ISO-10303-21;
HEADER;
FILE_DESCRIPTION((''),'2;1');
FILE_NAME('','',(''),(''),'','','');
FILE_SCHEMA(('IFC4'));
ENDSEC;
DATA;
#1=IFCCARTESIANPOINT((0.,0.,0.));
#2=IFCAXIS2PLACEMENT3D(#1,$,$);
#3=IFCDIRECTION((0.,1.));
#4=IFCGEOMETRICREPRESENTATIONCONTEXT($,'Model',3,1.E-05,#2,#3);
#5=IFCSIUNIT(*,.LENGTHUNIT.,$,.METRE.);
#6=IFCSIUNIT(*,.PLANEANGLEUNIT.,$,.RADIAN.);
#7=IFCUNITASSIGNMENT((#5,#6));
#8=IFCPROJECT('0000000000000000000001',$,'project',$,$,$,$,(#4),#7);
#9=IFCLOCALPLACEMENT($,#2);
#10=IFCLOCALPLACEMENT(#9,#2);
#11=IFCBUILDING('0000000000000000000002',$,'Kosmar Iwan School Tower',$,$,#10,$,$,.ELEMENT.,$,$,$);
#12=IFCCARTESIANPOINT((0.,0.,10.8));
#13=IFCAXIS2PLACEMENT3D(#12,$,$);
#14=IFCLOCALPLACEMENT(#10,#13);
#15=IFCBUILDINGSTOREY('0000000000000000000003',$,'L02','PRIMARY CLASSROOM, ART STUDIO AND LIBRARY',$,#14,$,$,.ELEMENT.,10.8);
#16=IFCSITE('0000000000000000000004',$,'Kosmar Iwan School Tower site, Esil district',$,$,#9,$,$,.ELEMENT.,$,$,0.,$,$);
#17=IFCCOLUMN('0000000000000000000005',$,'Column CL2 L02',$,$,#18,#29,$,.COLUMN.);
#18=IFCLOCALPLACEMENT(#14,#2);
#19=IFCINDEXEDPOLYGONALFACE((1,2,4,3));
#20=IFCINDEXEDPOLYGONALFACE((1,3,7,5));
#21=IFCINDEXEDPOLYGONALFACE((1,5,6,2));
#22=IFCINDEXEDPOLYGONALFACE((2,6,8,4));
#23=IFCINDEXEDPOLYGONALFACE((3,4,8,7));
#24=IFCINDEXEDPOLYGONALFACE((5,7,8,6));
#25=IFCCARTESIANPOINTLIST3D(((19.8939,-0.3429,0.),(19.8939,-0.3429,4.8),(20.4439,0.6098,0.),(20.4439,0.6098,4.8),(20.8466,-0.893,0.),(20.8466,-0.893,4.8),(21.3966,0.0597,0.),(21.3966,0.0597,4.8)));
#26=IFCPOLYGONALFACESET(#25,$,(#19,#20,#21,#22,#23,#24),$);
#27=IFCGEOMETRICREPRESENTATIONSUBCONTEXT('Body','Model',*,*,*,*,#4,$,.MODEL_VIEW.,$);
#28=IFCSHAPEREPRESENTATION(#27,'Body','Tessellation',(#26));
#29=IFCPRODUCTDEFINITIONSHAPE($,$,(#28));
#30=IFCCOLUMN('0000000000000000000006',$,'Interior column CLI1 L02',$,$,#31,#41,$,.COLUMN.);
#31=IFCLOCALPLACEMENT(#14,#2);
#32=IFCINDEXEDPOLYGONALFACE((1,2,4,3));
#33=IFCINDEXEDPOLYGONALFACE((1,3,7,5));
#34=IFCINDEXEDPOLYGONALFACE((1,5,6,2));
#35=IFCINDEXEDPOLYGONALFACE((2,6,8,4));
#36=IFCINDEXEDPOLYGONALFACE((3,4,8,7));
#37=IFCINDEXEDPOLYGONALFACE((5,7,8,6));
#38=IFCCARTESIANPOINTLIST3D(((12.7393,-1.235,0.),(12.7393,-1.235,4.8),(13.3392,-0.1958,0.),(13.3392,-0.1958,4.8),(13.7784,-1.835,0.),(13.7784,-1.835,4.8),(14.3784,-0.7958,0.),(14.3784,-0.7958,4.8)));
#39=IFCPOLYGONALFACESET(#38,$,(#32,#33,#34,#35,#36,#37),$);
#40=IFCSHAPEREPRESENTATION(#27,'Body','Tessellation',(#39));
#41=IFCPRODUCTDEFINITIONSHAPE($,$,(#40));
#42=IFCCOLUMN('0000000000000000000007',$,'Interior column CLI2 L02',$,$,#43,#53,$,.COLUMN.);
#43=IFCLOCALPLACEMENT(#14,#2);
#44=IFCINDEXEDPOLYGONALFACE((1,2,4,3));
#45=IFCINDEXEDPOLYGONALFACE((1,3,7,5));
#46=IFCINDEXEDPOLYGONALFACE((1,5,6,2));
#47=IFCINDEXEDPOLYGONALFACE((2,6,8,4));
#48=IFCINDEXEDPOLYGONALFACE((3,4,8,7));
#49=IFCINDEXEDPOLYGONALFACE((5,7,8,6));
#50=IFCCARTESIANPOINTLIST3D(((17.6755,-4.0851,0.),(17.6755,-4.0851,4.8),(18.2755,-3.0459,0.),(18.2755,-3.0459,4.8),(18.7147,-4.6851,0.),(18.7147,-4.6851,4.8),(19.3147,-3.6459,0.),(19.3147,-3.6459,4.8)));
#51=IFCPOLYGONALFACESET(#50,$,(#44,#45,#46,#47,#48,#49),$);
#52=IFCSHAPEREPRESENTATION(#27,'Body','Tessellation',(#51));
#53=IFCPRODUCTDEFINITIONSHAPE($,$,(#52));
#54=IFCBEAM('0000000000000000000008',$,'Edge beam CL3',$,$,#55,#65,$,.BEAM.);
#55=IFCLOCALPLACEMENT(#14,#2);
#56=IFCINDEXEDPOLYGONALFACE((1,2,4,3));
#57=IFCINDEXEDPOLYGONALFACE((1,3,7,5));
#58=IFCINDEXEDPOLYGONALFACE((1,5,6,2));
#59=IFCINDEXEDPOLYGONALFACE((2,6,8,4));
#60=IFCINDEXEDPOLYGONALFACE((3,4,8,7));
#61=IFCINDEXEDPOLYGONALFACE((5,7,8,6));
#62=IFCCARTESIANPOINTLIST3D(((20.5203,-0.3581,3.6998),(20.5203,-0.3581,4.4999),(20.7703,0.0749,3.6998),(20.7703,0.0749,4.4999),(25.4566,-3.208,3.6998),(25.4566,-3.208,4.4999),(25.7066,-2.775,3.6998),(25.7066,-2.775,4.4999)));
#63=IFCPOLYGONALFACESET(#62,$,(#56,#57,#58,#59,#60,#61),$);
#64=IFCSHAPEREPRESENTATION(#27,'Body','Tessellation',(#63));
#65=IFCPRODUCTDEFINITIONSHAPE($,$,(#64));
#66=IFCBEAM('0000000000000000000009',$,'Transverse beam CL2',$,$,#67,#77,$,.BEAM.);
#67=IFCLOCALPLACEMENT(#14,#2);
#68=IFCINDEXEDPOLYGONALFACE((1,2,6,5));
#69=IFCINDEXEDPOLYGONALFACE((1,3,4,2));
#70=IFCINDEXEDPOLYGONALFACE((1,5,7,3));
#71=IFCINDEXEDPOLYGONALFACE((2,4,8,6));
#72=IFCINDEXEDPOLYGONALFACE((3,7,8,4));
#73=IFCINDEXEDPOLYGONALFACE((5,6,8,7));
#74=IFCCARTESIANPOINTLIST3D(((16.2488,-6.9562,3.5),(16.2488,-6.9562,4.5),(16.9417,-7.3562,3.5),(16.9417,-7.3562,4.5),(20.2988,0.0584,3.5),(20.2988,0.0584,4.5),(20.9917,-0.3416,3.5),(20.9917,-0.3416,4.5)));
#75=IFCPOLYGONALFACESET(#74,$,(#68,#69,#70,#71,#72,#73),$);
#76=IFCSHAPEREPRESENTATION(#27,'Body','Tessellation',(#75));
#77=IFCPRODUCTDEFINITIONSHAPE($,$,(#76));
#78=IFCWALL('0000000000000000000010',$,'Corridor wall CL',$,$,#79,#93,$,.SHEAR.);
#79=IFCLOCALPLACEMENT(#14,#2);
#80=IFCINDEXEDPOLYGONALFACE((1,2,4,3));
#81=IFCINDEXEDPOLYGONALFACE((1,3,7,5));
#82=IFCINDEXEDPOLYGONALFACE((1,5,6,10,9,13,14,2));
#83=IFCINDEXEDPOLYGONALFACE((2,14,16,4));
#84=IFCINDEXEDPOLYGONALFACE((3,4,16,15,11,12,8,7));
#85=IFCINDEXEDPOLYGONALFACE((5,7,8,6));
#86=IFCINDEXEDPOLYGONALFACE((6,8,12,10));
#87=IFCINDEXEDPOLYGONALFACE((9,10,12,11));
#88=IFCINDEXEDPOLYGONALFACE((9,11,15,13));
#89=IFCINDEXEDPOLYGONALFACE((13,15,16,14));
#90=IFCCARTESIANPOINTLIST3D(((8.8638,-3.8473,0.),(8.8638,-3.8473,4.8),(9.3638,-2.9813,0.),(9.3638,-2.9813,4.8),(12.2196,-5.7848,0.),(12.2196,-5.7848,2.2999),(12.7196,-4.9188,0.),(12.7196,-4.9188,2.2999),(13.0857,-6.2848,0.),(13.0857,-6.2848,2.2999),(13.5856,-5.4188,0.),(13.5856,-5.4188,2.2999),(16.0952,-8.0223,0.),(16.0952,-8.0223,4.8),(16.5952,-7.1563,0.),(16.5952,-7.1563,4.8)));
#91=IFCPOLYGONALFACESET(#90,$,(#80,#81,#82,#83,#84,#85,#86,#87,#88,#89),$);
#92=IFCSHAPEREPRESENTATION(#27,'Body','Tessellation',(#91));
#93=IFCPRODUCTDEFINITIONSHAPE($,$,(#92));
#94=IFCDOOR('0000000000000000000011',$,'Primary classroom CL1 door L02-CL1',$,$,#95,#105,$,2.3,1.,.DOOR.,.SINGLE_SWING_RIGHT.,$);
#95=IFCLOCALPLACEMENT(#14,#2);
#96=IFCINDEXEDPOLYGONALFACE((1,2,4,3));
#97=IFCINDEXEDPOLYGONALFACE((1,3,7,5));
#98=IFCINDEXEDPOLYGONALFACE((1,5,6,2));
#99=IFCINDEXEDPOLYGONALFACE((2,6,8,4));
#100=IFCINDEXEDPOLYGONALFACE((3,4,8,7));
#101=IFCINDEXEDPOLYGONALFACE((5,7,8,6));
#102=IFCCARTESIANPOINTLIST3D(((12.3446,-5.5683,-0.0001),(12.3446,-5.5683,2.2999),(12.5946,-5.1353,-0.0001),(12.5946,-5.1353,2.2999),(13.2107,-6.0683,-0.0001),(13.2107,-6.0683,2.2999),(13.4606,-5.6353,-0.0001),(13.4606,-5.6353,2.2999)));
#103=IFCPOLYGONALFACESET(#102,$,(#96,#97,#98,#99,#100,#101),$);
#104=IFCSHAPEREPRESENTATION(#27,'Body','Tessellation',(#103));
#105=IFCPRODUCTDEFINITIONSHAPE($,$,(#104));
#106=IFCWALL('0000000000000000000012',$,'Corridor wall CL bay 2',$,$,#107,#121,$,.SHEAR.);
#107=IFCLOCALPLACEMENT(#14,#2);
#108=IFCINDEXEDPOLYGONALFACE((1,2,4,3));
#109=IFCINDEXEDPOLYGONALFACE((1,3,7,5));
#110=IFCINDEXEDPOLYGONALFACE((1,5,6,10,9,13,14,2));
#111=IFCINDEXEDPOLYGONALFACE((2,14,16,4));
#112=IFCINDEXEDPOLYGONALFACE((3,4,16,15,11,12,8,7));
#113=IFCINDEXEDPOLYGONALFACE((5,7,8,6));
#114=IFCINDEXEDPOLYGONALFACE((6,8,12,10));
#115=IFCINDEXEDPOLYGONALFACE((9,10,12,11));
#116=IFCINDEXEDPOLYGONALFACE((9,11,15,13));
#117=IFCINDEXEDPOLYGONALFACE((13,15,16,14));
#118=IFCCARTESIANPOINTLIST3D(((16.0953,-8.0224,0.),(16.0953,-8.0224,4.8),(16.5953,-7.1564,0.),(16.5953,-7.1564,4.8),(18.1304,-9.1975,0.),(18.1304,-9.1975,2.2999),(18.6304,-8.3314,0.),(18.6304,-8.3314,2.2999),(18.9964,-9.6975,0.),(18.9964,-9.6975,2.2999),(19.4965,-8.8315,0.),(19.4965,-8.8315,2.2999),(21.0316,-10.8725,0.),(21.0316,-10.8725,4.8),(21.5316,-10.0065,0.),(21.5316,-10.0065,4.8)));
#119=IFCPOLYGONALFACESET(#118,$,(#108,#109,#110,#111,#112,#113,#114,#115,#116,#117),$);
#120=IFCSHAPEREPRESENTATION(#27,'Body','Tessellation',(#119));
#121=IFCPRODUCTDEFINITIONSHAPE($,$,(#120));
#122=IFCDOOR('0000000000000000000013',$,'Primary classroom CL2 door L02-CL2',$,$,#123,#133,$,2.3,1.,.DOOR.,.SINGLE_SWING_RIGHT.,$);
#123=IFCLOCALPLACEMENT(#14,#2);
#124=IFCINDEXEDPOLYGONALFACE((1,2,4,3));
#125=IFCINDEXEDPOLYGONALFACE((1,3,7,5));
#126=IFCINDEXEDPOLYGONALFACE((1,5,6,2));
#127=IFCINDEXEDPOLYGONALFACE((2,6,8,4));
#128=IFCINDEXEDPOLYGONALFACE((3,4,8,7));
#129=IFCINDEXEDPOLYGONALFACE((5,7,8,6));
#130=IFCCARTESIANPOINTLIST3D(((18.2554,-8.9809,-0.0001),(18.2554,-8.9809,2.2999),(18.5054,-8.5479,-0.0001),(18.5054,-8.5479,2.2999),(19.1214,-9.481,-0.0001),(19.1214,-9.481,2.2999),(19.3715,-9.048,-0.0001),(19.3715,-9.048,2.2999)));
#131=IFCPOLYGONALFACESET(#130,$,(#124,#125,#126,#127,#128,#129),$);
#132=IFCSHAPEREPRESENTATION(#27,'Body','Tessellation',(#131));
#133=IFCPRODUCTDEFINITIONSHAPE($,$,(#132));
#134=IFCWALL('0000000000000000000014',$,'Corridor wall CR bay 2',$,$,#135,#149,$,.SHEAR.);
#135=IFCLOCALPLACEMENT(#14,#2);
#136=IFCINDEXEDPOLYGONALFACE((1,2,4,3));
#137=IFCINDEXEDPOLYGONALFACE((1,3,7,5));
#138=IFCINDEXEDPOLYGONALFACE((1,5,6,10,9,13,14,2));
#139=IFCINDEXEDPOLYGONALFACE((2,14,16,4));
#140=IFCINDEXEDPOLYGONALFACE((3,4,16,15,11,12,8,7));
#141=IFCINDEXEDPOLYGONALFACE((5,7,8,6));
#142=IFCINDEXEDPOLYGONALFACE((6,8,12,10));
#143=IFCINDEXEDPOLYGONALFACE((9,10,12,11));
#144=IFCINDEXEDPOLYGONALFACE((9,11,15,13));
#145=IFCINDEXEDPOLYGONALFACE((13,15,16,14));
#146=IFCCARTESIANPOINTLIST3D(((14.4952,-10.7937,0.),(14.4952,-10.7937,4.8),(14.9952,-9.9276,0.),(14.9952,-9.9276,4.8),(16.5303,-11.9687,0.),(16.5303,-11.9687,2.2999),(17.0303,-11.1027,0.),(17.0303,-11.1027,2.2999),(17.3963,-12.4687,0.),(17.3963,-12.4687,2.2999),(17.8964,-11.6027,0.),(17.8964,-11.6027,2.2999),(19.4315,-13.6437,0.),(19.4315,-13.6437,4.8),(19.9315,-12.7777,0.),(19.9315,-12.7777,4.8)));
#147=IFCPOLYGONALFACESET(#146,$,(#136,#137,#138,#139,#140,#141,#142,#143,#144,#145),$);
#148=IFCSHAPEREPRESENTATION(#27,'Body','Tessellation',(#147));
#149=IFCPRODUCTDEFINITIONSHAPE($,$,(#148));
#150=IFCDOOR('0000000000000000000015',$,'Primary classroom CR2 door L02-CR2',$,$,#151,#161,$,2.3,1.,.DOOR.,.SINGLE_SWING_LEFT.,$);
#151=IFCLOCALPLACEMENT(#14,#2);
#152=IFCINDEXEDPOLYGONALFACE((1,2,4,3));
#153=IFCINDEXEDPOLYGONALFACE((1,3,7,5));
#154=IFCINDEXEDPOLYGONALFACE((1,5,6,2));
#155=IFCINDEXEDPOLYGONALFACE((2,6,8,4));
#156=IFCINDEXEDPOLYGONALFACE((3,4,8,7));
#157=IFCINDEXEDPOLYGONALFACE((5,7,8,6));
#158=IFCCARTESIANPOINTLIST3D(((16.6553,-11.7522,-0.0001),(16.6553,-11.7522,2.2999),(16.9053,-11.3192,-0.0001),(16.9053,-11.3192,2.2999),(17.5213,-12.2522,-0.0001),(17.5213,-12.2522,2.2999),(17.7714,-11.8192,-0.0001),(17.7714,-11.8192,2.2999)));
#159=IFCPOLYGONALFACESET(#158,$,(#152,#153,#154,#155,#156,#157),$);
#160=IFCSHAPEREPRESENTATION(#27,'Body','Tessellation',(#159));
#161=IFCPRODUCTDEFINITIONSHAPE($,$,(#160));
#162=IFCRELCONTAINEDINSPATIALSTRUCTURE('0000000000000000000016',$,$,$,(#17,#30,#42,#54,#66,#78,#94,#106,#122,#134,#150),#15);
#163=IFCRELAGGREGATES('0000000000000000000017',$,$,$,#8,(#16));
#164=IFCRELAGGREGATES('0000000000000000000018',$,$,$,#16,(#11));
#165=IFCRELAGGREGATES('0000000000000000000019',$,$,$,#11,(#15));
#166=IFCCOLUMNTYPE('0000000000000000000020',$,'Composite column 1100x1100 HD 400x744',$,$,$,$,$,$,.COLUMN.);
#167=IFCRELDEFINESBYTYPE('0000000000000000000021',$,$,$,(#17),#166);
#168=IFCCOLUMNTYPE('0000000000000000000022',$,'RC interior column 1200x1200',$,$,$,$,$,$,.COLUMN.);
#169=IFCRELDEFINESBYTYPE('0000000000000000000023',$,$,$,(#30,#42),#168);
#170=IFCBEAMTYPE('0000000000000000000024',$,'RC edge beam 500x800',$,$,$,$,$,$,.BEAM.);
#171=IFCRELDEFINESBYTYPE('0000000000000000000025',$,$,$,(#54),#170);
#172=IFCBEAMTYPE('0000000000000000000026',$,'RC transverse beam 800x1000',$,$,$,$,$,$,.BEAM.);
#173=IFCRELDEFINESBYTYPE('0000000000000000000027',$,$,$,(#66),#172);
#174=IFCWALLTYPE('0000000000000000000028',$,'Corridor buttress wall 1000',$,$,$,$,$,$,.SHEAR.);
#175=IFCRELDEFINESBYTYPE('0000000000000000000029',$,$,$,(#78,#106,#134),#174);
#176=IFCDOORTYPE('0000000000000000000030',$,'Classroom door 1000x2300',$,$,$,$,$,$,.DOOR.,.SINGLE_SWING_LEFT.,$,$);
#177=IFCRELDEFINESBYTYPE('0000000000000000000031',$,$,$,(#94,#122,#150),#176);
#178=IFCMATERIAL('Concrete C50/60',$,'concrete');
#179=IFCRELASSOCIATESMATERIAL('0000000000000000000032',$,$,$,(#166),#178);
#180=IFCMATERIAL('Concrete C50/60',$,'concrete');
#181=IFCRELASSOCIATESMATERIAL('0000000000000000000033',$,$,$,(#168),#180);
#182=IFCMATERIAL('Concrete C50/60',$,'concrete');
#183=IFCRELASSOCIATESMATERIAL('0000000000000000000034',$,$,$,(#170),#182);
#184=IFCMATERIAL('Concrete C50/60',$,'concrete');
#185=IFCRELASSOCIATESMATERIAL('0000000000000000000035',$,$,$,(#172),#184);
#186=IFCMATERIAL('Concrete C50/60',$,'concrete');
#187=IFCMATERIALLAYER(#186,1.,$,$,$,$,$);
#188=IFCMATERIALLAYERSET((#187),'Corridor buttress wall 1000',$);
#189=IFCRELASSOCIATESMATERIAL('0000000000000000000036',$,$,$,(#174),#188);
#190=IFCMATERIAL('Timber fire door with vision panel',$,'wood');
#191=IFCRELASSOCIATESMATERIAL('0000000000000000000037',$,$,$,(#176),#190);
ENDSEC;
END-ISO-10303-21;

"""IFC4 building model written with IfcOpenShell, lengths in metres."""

from ifc_helpers import new_model, si_unit, direction, frame, frame_2d, origin, origin_2d, place, context, subcontext, project, spatial, rectangle, extrude, material, layer, layer_set, material_profile, profile_set, type_object, element, fill, save


model = new_model("IFC4")

# Units and contexts
model_context = context("Model", 3, precision=1e-05, world=origin(), true_north=direction((0.0, 1.0)))
body_context = subcontext(model_context, "Body", "Model", "MODEL_VIEW")
ifc_project = project(units=[si_unit("LENGTHUNIT", "METRE"), si_unit("PLANEANGLEUNIT", "RADIAN")], contexts=[model_context])

# Site, building, storey
site_placement = place(None, origin())
site = spatial("IfcSite", under=ifc_project, at=site_placement, Name="Kosmar Iwan School Tower site, Esil district", CompositionType="ELEMENT", RefElevation=0.0)
building_placement = place(site_placement, origin())
building = spatial("IfcBuilding", under=site, at=building_placement, Name="Kosmar Iwan School Tower", CompositionType="ELEMENT")
storey_placement = place(building_placement, frame((0.0, 0.0, 10.8)))
storey = spatial("IfcBuildingStorey", under=building, at=storey_placement, Name="L02", Description="PRIMARY CLASSROOM, ART STUDIO AND LIBRARY", CompositionType="ELEMENT", Elevation=10.8)

# Columns
ifc_material_1 = material(Name="Concrete C50/60", Category="concrete")
ifc_material_profile_1 = material_profile(ifc_material_1, rectangle(XDim=1.1001, YDim=1.1001, at=origin_2d()), Name="RC 1100x1100 + HD 400x744")
ifc_profile_set_1 = profile_set([ifc_material_profile_1], Name="Concrete C50/60")
column_type_1 = type_object("IfcColumnType", Name="Composite column 1100x1100 HD 400x744", PredefinedType="COLUMN", material=ifc_profile_set_1)
column_placement = place(storey_placement, frame((20.6453, -0.1416, 0.0), z_axis=(0.0, 0.0, 1.0), x_axis=(0.866025, -0.5, 0.0)))
element("IfcColumn", 1, at=column_placement, inside=storey, type_object=column_type_1, Name="Column CL2 L02", PredefinedType="COLUMN", context=body_context, shape_type="SweptSolid", body=[
    extrude(rectangle(XDim=1.1001, YDim=1.1001, at=origin_2d()), origin(), (0.0, 0.0, 1.0), 4.8),
])
ifc_material_2 = material(Name="Concrete C50/60", Category="concrete")
ifc_material_profile_2 = material_profile(ifc_material_2, rectangle(XDim=1.2, YDim=1.2, at=origin_2d()), Name="RC 1200x1200")
ifc_profile_set_2 = profile_set([ifc_material_profile_2], Name="Concrete C50/60")
column_type_2 = type_object("IfcColumnType", Name="RC interior column 1200x1200", PredefinedType="COLUMN", material=ifc_profile_set_2)
for number, where, z_axis, x_axis, name in (
    (2, (13.5588, -1.0154, 0.0), (0.0, 0.0, 1.0), (0.866025, -0.5, 0.0), "Interior column CLI1 L02"),
    (3, (18.4951, -3.8655, 0.0), (0.0, 0.0, 1.0), (0.866025, -0.5, 0.0), "Interior column CLI2 L02"),
):
    element("IfcColumn", number, at=place(storey_placement, frame(where, z_axis=z_axis, x_axis=x_axis)), inside=storey, type_object=column_type_2, Name=name, PredefinedType="COLUMN", context=body_context, shape_type="SweptSolid", body=[
        extrude(rectangle(XDim=1.2, YDim=1.2, at=origin_2d()), origin(), (0.0, 0.0, 1.0), 4.8),
    ])

# Beams
ifc_material_3 = material(Name="Concrete C50/60", Category="concrete")
ifc_material_profile_3 = material_profile(ifc_material_3, rectangle(XDim=0.5, YDim=0.8, at=origin_2d()), Name="RC 500x800")
ifc_profile_set_3 = profile_set([ifc_material_profile_3], Name="Concrete C50/60")
beam_type_1 = type_object("IfcBeamType", Name="RC edge beam 500x800", PredefinedType="BEAM", material=ifc_profile_set_3)
beam_1_placement = place(storey_placement, frame((20.6453, -0.1416, 4.0999), z_axis=(0.866034, -0.499986, 0.0), x_axis=(0.499986, 0.866034, 0.0)))
element("IfcBeam", 4, at=beam_1_placement, inside=storey, type_object=beam_type_1, Name="Edge beam CL3", PredefinedType="BEAM", context=body_context, shape_type="SweptSolid", body=[
    extrude(rectangle(XDim=0.5, YDim=0.8, at=origin_2d()), origin(), (0.0, 0.0, 1.0), 5.7),
])
ifc_material_4 = material(Name="Concrete C50/60", Category="concrete")
ifc_material_profile_4 = material_profile(ifc_material_4, rectangle(XDim=0.8, YDim=1.0, at=origin_2d()), Name="RC 800x1000")
ifc_profile_set_4 = profile_set([ifc_material_profile_4], Name="Concrete C50/60")
beam_type_2 = type_object("IfcBeamType", Name="RC transverse beam 800x1000", PredefinedType="BEAM", material=ifc_profile_set_4)
beam_2_placement = place(storey_placement, frame((20.6453, -0.1416, 4.0), z_axis=(-0.500013, -0.866018, 0.0), x_axis=(0.866018, -0.500013, 0.0)))
element("IfcBeam", 5, at=beam_2_placement, inside=storey, type_object=beam_type_2, Name="Transverse beam CL2", PredefinedType="BEAM", context=body_context, shape_type="SweptSolid", body=[
    extrude(rectangle(XDim=0.8, YDim=1.0, at=origin_2d()), origin(), (0.0, 0.0, 1.0), 8.0999),
])

# Walls, openings, doors
ifc_material_5 = material(Name="Concrete C50/60", Category="concrete")
ifc_layer_1 = layer(ifc_material_5, 1.0)
ifc_layer_set_1 = layer_set([ifc_layer_1], Name="Corridor buttress wall 1000")
wall_type_1 = type_object("IfcWallType", Name="Corridor buttress wall 1000", PredefinedType="SHEAR", material=ifc_layer_set_1)
wall_1_placement = place(storey_placement, frame((9.1138, -3.4143, 0.0), z_axis=(0.0, 0.0, 1.0), x_axis=(0.866027, -0.499997, 0.0)))
wall_1 = element("IfcWall", 6, at=wall_1_placement, inside=storey, type_object=wall_type_1, Name="Corridor wall CL", PredefinedType="SHEAR", context=body_context, shape_type="SweptSolid", body=[
    extrude(rectangle(XDim=8.3501, YDim=1.0, at=frame_2d((4.175, 0.0))), origin(), (0.0, 0.0, 1.0), 4.8),
])
opening_1_placement = place(wall_1_placement, frame((3.875, 0.0, 0.0)))
opening_1 = element("IfcOpeningElement", 7, at=opening_1_placement, cuts=wall_1, PredefinedType="OPENING", context=body_context, shape_type="SweptSolid", body=[
    extrude(rectangle(XDim=1.0, YDim=2.3, at=frame_2d((0.5, 1.1499))), frame((0.0, 0.512, 0.0), z_axis=(0.0, -1.0, 0.0), x_axis=(1.0, 0.0, 0.0)), (0.0, 0.0, 1.0), 1.0239),
])
ifc_material_6 = material(Name="Timber fire door with vision panel", Category="wood")
door_type_1 = type_object("IfcDoorType", Name="Classroom door 1000x2300", OperationType="SINGLE_SWING_LEFT", PredefinedType="DOOR", material=ifc_material_6)
door_1_placement = place(opening_1_placement, origin())
door_1 = element("IfcDoor", 8, at=door_1_placement, inside=storey, type_object=door_type_1, Name="Primary classroom CL1 door L02-CL1", OperationType="SINGLE_SWING_RIGHT", OverallHeight=2.3, OverallWidth=1.0, PredefinedType="DOOR", context=body_context, shape_type="SweptSolid", body=[
    extrude(rectangle(XDim=1.0, YDim=2.3, at=frame_2d((0.5, 1.1499))), frame((0.0, 0.25, 0.0), z_axis=(0.0, -1.0, 0.0), x_axis=(1.0, 0.0, 0.0)), (0.0, 0.0, 1.0), 0.5),
])
fill(opening_1, door_1)
wall_2_placement = place(storey_placement, frame((16.3452, -7.5894, 0.0), z_axis=(0.0, 0.0, 1.0), x_axis=(0.866015, -0.500018, 0.0)))
wall_2 = element("IfcWall", 9, at=wall_2_placement, inside=storey, type_object=wall_type_1, Name="Corridor wall CL bay 2", PredefinedType="SHEAR", context=body_context, shape_type="SweptSolid", body=[
    extrude(rectangle(XDim=5.7, YDim=1.0, at=frame_2d((2.8501, 0.0))), origin(), (0.0, 0.0, 1.0), 4.8),
])
opening_2_placement = place(wall_2_placement, frame((2.3501, 0.0, 0.0)))
opening_2 = element("IfcOpeningElement", 10, at=opening_2_placement, cuts=wall_2, PredefinedType="OPENING", context=body_context, shape_type="SweptSolid", body=[
    extrude(rectangle(XDim=1.0, YDim=2.3, at=frame_2d((0.5, 1.1499))), frame((0.0, 0.512, 0.0), z_axis=(0.0, -1.0, 0.0), x_axis=(1.0, 0.0, 0.0)), (0.0, 0.0, 1.0), 1.0239),
])
door_2_placement = place(opening_2_placement, origin())
door_2 = element("IfcDoor", 11, at=door_2_placement, inside=storey, type_object=door_type_1, Name="Primary classroom CL2 door L02-CL2", OperationType="SINGLE_SWING_RIGHT", OverallHeight=2.3, OverallWidth=1.0, PredefinedType="DOOR", context=body_context, shape_type="SweptSolid", body=[
    extrude(rectangle(XDim=1.0, YDim=2.3, at=frame_2d((0.5, 1.1499))), frame((0.0, 0.25, 0.0), z_axis=(0.0, -1.0, 0.0), x_axis=(1.0, 0.0, 0.0)), (0.0, 0.0, 1.0), 0.5),
])
fill(opening_2, door_2)
wall_3_placement = place(storey_placement, frame((14.7451, -10.3606, 0.0), z_axis=(0.0, 0.0, 1.0), x_axis=(0.866015, -0.500018, 0.0)))
wall_3 = element("IfcWall", 12, at=wall_3_placement, inside=storey, type_object=wall_type_1, Name="Corridor wall CR bay 2", PredefinedType="SHEAR", context=body_context, shape_type="SweptSolid", body=[
    extrude(rectangle(XDim=5.7, YDim=1.0, at=frame_2d((2.8501, 0.0))), origin(), (0.0, 0.0, 1.0), 4.8),
])
opening_3_placement = place(wall_3_placement, frame((2.3501, 0.0, 0.0)))
opening_3 = element("IfcOpeningElement", 13, at=opening_3_placement, cuts=wall_3, PredefinedType="OPENING", context=body_context, shape_type="SweptSolid", body=[
    extrude(rectangle(XDim=1.0, YDim=2.3, at=frame_2d((0.5, 1.1499))), frame((0.0, 0.512, 0.0), z_axis=(0.0, -1.0, 0.0), x_axis=(1.0, 0.0, 0.0)), (0.0, 0.0, 1.0), 1.0239),
])
door_3_placement = place(opening_3_placement, origin())
door_3 = element("IfcDoor", 14, at=door_3_placement, inside=storey, type_object=door_type_1, Name="Primary classroom CR2 door L02-CR2", OperationType="SINGLE_SWING_LEFT", OverallHeight=2.3, OverallWidth=1.0, PredefinedType="DOOR", context=body_context, shape_type="SweptSolid", body=[
    extrude(rectangle(XDim=1.0, YDim=2.3, at=frame_2d((0.5, 1.1499))), frame((0.0, 0.25, 0.0), z_axis=(0.0, -1.0, 0.0), x_axis=(1.0, 0.0, 0.0)), (0.0, 0.0, 1.0), 0.5),
])
fill(opening_3, door_3)

save(model, "model.ifc")
